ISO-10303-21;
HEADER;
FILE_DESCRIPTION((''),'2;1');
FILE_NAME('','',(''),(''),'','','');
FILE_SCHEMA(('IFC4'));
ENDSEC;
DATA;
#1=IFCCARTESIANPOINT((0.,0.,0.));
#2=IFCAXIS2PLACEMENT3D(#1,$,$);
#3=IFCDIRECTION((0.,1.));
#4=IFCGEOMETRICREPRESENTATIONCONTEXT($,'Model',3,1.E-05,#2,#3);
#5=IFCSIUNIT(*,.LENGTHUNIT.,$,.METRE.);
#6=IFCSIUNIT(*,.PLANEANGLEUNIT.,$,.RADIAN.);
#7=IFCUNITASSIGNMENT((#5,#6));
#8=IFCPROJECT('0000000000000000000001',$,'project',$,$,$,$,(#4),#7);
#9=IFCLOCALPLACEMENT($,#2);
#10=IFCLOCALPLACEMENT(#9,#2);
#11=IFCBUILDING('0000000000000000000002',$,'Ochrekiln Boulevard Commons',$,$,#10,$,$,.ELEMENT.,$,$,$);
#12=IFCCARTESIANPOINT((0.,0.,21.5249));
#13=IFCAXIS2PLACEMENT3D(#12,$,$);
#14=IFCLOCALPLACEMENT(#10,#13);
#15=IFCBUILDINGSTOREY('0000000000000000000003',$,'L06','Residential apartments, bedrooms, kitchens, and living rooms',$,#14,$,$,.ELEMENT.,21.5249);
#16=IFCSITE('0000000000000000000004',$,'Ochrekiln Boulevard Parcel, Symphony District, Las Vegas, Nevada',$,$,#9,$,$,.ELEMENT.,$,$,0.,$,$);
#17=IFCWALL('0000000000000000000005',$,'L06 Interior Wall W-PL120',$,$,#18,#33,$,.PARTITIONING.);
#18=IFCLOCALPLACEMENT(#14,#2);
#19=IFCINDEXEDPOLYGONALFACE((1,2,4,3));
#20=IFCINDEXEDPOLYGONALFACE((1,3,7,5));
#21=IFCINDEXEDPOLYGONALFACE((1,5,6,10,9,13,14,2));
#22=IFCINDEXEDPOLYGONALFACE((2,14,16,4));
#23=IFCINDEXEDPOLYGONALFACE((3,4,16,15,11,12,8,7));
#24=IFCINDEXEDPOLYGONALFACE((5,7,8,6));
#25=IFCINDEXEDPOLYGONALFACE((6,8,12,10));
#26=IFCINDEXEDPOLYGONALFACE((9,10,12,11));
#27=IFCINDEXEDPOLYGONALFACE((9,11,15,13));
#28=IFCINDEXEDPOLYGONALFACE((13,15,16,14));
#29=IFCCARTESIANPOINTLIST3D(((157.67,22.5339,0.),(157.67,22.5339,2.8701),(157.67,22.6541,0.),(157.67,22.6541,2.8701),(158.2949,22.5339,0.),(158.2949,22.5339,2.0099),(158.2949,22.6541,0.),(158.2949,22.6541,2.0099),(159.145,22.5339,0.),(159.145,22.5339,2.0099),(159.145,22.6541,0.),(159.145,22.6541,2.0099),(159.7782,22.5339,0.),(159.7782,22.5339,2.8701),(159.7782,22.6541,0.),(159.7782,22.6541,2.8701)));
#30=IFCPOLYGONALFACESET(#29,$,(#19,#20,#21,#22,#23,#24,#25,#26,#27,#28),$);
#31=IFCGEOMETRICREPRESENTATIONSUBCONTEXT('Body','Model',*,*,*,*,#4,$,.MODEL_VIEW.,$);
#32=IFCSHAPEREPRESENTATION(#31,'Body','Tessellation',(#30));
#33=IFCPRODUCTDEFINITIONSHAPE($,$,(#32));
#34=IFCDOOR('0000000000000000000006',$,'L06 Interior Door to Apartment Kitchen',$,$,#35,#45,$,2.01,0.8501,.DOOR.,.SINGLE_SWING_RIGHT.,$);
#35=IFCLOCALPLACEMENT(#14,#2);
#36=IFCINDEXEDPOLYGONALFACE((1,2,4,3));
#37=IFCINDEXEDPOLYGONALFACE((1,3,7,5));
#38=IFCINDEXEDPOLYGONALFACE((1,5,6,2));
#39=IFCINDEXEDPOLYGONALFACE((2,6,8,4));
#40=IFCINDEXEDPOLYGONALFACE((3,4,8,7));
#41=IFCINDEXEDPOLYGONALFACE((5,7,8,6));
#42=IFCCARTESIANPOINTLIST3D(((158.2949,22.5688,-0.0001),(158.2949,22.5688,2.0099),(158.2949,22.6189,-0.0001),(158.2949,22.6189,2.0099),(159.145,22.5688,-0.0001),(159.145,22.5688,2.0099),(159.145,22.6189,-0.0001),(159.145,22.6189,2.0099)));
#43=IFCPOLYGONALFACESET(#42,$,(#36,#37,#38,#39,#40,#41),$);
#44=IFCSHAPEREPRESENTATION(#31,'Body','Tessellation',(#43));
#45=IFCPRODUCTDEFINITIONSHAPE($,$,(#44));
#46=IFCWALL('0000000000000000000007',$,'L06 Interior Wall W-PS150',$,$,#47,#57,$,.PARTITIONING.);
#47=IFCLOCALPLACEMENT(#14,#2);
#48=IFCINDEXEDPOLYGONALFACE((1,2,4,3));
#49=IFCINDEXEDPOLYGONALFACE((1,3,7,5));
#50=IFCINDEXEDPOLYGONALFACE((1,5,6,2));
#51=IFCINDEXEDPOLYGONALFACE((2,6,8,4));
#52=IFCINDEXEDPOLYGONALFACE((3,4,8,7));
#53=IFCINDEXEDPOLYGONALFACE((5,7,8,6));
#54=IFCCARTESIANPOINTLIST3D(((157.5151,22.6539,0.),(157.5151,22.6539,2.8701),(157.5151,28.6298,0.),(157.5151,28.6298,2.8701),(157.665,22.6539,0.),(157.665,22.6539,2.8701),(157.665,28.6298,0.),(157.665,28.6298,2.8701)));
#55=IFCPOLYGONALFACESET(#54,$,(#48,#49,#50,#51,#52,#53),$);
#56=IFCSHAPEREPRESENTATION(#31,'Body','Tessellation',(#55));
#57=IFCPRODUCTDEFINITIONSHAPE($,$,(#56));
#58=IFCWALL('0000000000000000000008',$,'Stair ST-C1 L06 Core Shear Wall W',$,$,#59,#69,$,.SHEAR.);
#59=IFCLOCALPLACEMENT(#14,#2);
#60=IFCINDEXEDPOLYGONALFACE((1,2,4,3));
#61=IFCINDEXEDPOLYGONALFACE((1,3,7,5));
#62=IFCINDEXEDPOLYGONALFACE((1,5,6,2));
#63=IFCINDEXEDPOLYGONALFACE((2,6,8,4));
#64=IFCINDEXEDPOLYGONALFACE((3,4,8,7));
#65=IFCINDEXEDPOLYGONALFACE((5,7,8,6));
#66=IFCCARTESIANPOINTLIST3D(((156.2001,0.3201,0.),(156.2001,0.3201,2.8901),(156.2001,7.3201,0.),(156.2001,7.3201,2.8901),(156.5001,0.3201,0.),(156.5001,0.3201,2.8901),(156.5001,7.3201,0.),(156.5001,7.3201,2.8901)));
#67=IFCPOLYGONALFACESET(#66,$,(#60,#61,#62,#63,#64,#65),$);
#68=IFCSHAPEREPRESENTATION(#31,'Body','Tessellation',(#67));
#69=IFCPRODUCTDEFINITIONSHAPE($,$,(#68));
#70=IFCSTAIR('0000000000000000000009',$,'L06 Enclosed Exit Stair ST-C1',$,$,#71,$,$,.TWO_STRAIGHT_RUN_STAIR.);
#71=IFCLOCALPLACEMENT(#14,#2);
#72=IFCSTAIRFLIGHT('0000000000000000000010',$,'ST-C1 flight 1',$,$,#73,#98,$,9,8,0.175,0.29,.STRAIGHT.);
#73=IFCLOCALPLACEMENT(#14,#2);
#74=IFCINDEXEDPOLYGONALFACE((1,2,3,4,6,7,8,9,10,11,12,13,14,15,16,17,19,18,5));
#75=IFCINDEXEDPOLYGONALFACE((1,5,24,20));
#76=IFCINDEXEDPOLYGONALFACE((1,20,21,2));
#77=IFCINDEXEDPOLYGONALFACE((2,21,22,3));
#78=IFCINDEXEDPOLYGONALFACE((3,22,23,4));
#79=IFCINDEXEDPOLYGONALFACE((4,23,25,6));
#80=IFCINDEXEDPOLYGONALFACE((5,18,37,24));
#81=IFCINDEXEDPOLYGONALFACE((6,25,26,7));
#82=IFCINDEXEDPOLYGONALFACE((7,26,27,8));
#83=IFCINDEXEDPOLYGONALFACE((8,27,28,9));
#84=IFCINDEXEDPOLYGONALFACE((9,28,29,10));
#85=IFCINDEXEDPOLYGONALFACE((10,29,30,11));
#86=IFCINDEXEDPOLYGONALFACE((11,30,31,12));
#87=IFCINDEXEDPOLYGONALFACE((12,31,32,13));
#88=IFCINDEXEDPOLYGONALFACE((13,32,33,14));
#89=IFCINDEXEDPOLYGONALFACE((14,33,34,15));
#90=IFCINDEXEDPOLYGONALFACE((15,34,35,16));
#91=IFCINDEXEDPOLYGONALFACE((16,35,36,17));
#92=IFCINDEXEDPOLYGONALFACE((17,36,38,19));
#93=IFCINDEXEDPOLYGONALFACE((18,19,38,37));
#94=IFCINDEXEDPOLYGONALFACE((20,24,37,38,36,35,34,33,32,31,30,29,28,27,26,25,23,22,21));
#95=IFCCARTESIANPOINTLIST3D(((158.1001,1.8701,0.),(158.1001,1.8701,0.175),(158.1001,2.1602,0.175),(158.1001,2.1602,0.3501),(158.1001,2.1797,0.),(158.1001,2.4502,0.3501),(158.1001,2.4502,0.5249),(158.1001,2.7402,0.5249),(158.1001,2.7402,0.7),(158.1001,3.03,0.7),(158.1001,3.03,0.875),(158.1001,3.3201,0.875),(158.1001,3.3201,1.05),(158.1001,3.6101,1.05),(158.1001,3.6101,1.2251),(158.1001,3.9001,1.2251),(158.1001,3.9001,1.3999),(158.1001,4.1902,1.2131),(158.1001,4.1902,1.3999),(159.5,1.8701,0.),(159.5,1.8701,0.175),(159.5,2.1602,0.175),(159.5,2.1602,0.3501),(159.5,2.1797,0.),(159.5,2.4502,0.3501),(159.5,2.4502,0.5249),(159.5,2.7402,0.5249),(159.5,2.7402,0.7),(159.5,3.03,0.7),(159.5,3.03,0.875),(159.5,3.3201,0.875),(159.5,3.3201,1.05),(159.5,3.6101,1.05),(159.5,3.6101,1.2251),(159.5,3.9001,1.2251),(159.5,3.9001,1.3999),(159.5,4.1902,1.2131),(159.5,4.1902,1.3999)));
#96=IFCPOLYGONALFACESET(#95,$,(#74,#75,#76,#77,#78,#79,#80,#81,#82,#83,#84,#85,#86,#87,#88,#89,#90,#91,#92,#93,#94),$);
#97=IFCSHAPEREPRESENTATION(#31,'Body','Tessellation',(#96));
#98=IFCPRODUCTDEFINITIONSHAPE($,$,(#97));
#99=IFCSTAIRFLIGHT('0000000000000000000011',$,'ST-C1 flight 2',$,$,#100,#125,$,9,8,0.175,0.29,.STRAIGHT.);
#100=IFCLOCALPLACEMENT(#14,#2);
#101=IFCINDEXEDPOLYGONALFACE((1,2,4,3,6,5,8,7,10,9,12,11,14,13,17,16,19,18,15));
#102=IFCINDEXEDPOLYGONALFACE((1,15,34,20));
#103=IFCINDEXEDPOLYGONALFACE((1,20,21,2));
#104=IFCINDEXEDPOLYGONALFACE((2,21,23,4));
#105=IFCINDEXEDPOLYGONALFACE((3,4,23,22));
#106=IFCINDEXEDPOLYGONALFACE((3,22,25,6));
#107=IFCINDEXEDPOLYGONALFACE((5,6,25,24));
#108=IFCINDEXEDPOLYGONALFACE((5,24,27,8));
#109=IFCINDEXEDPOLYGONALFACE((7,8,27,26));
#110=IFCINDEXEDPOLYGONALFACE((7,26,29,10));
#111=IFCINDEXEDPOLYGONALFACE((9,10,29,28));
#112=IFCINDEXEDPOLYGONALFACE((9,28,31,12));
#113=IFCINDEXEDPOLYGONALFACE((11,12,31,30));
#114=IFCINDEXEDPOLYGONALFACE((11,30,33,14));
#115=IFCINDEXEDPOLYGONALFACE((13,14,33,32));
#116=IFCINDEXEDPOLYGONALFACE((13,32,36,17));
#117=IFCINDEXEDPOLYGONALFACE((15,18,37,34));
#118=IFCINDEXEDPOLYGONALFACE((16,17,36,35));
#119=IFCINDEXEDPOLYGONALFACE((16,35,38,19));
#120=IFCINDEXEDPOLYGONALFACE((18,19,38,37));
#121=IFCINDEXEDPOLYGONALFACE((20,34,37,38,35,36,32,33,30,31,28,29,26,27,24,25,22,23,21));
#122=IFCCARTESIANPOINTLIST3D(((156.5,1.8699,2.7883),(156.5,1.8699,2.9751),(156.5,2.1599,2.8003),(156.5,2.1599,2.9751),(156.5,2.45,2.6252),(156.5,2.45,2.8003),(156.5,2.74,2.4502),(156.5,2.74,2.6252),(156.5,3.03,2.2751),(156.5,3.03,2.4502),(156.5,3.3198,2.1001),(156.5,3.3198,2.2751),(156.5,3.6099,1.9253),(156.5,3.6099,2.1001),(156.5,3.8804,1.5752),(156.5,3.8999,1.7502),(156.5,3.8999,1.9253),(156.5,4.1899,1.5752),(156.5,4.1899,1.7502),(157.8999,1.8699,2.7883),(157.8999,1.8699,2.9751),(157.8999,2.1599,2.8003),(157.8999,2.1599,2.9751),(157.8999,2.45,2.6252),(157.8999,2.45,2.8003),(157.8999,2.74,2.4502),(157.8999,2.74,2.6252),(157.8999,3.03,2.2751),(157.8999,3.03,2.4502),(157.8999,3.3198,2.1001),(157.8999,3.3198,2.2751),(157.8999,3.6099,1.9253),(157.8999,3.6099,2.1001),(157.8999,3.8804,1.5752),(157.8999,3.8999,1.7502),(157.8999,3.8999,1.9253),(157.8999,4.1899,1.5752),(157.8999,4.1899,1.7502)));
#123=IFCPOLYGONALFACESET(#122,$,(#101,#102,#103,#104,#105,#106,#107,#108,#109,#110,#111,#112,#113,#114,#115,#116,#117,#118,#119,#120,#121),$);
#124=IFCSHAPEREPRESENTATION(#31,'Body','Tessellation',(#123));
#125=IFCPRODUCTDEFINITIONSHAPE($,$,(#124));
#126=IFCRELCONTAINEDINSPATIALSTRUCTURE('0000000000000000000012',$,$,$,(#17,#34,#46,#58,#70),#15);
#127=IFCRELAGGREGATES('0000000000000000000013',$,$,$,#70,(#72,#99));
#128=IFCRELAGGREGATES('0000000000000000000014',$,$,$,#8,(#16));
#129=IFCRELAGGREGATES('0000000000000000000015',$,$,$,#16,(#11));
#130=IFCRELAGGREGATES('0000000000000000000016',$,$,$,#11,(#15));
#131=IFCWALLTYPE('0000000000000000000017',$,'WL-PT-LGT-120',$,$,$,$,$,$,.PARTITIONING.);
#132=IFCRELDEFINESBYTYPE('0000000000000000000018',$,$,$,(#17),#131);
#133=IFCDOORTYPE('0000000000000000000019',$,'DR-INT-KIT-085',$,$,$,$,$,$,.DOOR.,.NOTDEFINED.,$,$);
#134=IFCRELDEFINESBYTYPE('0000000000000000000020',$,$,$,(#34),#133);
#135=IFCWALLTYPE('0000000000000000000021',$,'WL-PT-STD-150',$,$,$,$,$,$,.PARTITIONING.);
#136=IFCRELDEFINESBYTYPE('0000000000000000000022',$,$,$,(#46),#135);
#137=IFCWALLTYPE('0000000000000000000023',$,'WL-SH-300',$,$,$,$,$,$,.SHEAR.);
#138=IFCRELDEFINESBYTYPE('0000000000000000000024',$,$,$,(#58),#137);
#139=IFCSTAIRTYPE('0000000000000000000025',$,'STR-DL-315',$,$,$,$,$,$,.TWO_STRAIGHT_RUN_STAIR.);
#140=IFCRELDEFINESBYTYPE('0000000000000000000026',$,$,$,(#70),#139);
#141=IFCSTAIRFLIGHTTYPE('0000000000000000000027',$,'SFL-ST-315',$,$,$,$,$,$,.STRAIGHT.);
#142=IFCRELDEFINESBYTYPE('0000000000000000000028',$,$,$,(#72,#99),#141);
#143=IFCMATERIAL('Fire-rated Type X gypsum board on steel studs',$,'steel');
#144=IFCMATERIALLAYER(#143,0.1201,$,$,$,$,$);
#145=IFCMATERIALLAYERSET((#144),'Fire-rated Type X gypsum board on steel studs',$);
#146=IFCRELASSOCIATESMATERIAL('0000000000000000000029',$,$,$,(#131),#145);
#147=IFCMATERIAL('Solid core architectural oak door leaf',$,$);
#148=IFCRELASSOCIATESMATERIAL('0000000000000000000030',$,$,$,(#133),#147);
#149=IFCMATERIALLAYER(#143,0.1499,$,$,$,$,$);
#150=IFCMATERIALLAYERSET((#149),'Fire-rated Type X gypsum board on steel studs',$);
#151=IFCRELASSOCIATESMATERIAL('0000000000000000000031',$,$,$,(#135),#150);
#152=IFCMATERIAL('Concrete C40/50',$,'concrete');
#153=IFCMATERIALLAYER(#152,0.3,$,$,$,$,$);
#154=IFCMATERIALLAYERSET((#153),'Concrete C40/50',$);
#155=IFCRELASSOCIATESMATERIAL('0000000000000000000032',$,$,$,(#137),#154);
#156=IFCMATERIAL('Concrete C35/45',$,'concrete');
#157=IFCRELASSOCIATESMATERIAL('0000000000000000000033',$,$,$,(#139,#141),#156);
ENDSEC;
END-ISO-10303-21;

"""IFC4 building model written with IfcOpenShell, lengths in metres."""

from ifc_helpers import new_model, si_unit, direction, frame, frame_2d, origin, place, context, subcontext, project, spatial, polyline, rectangle, outline, extrude, material, layer, layer_set, type_object, element, fill, aggregate, save


model = new_model("IFC4")

# Units and contexts
model_context = context("Model", 3, precision=1e-05, world=origin(), true_north=direction((0.0, 1.0)))
body_context = subcontext(model_context, "Body", "Model", "MODEL_VIEW")
ifc_project = project(units=[si_unit("LENGTHUNIT", "METRE"), si_unit("PLANEANGLEUNIT", "RADIAN")], contexts=[model_context])

# Site, building, storey
site_placement = place(None, origin())
site = spatial("IfcSite", under=ifc_project, at=site_placement, Name="Ochrekiln Boulevard Parcel, Symphony District, Las Vegas, Nevada", CompositionType="ELEMENT", RefElevation=0.0)
building_placement = place(site_placement, origin())
building = spatial("IfcBuilding", under=site, at=building_placement, Name="Ochrekiln Boulevard Commons", CompositionType="ELEMENT")
storey_placement = place(building_placement, frame((0.0, 0.0, 21.5249)))
storey = spatial("IfcBuildingStorey", under=building, at=storey_placement, Name="L06", Description="Residential apartments, bedrooms, kitchens, and living rooms", CompositionType="ELEMENT", Elevation=21.5249)

# Shared definitions
ifc_material_1 = material(Name="Concrete C40/50", Category="concrete")

# Shared definitions
ifc_material_2 = material(Name="Solid core architectural oak door leaf")

# Wall, opening, door
ifc_material_3 = material(Name="Fire-rated Type X gypsum board on steel studs", Category="steel")
ifc_layer_1 = layer(ifc_material_3, 0.1201)
ifc_layer_set_1 = layer_set([ifc_layer_1], Name="Fire-rated Type X gypsum board on steel studs")
wall_type_1 = type_object("IfcWallType", Name="WL-PT-LGT-120", PredefinedType="PARTITIONING", material=ifc_layer_set_1)
wall_1_placement = place(storey_placement, frame((157.6699, 22.594, 0.0), z_axis=(0.0, 0.0, 1.0), x_axis=(1.0, 0.0, 0.0)))
wall_1 = element("IfcWall", 1, at=wall_1_placement, inside=storey, type_object=wall_type_1, Name="L06 Interior Wall W-PL120", PredefinedType="PARTITIONING", context=body_context, shape_type="SweptSolid", body=[
    extrude(rectangle(XDim=2.1082, YDim=0.1201, at=frame_2d((1.0542, 0.0))), origin(), (0.0, 0.0, 1.0), 2.8701),
])
opening_1_placement = place(wall_1_placement, frame((0.625, 0.0, 0.0)))
opening_1 = element("IfcOpeningElement", 2, at=opening_1_placement, cuts=wall_1, PredefinedType="OPENING", context=body_context, shape_type="SweptSolid", body=[
    extrude(rectangle(XDim=0.8501, YDim=2.01, at=frame_2d((0.425, 1.0049))), frame((0.0, 0.0701, 0.0), z_axis=(0.0, -1.0, 0.0), x_axis=(1.0, 0.0, 0.0)), (0.0, 0.0, 1.0), 0.1401),
])
door_type_1 = type_object("IfcDoorType", Name="DR-INT-KIT-085", OperationType="NOTDEFINED", PredefinedType="DOOR", material=ifc_material_2)
door_1_placement = place(opening_1_placement, origin())
door_1 = element("IfcDoor", 3, at=door_1_placement, inside=storey, type_object=door_type_1, Name="L06 Interior Door to Apartment Kitchen", OperationType="SINGLE_SWING_RIGHT", OverallHeight=2.01, OverallWidth=0.8501, PredefinedType="DOOR", context=body_context, shape_type="SweptSolid", body=[
    extrude(rectangle(XDim=0.8501, YDim=2.01, at=frame_2d((0.425, 1.0049))), frame((0.0, 0.0249, 0.0), z_axis=(0.0, -1.0, 0.0), x_axis=(1.0, 0.0, 0.0)), (0.0, 0.0, 1.0), 0.05),
])
fill(opening_1, door_1)

# Walls
ifc_layer_2 = layer(ifc_material_3, 0.1499)
ifc_layer_set_2 = layer_set([ifc_layer_2], Name="Fire-rated Type X gypsum board on steel studs")
wall_type_2 = type_object("IfcWallType", Name="WL-PT-STD-150", PredefinedType="PARTITIONING", material=ifc_layer_set_2)
wall_2_placement = place(storey_placement, frame((157.5901, 22.6541, 0.0), z_axis=(0.0, 0.0, 1.0), x_axis=(0.0, 1.0, 0.0)))
element("IfcWall", 4, at=wall_2_placement, inside=storey, type_object=wall_type_2, Name="L06 Interior Wall W-PS150", PredefinedType="PARTITIONING", context=body_context, shape_type="SweptSolid", body=[
    extrude(rectangle(XDim=5.9758, YDim=0.1499, at=frame_2d((2.9878, 0.0))), origin(), (0.0, 0.0, 1.0), 2.8701),
])
ifc_layer_3 = layer(ifc_material_1, 0.3)
ifc_layer_set_3 = layer_set([ifc_layer_3], Name="Concrete C40/50")
wall_type_3 = type_object("IfcWallType", Name="WL-SH-300", PredefinedType="SHEAR", material=ifc_layer_set_3)
wall_3_placement = place(storey_placement, frame((156.3501, 0.3201, 0.0), z_axis=(0.0, 0.0, 1.0), x_axis=(0.0, 1.0, 0.0)))
element("IfcWall", 5, at=wall_3_placement, inside=storey, type_object=wall_type_3, Name="Stair ST-C1 L06 Core Shear Wall W", PredefinedType="SHEAR", context=body_context, shape_type="SweptSolid", body=[
    extrude(rectangle(XDim=7.0, YDim=0.3, at=frame_2d((3.5, 0.0))), origin(), (0.0, 0.0, 1.0), 2.8901),
])

# Stair, stair flights
ifc_material_4 = material(Name="Concrete C35/45", Category="concrete")
stair_type = type_object("IfcStairType", Name="STR-DL-315", PredefinedType="TWO_STRAIGHT_RUN_STAIR", material=ifc_material_4)
stair_placement = place(storey_placement, origin())
stair = element("IfcStair", 6, at=stair_placement, inside=storey, type_object=stair_type, Name="L06 Enclosed Exit Stair ST-C1", PredefinedType="TWO_STRAIGHT_RUN_STAIR")
stair_flight_type = type_object("IfcStairFlightType", Name="SFL-ST-315", PredefinedType="STRAIGHT", material=ifc_material_4)
stair_flight_1_placement = place(storey_placement, frame((158.8, 1.8701, 0.0), z_axis=(0.0, 0.0, 1.0), x_axis=(0.0, 1.0, 0.0)))
stair_flight_1 = element("IfcStairFlight", 7, at=stair_flight_1_placement, type_object=stair_flight_type, Name="ST-C1 flight 1", NumberOfRisers=9, NumberOfTreads=8, PredefinedType="STRAIGHT", RiserHeight=0.175, TreadLength=0.29, context=body_context, shape_type="SweptSolid", body=[
    extrude(outline(polyline([(0.0, 0.0), (0.0, 0.175), (0.29, 0.175), (0.29, 0.3501), (0.5801, 0.3501), (0.5801, 0.5249), (0.8701, 0.5249), (0.8701, 0.7), (1.1599, 0.7), (1.1599, 0.875), (1.45, 0.875), (1.45, 1.05), (1.74, 1.05), (1.74, 1.2251), (2.03, 1.2251), (2.03, 1.3999), (2.3201, 1.3999), (2.3201, 1.575), (2.3201, 1.2131), (0.3096, 0.0), (0.0, 0.0)])), frame((0.0, 0.7, 0.0), z_axis=(0.0, -1.0, 0.0), x_axis=(1.0, 0.0, 0.0)), (0.0, 0.0, 1.0), 1.3999),
])
stair_flight_2_placement = place(storey_placement, frame((157.2, 4.1899, 1.5752), z_axis=(0.0, 0.0, 1.0), x_axis=(0.0, -1.0, 0.0)))
stair_flight_2 = element("IfcStairFlight", 8, at=stair_flight_2_placement, type_object=stair_flight_type, Name="ST-C1 flight 2", NumberOfRisers=9, NumberOfTreads=8, PredefinedType="STRAIGHT", RiserHeight=0.175, TreadLength=0.29, context=body_context, shape_type="SweptSolid", body=[
    extrude(outline(polyline([(0.0, 0.0), (0.0, 0.175), (0.29, 0.175), (0.29, 0.3501), (0.5801, 0.3501), (0.5801, 0.5249), (0.8701, 0.5249), (0.8701, 0.7), (1.1599, 0.7), (1.1599, 0.875), (1.45, 0.875), (1.45, 1.05), (1.74, 1.05), (1.74, 1.2251), (2.03, 1.2251), (2.03, 1.3999), (2.3201, 1.3999), (2.3201, 1.575), (2.3201, 1.2131), (0.3096, 0.0), (0.0, 0.0)])), frame((0.0, 0.7, 0.0), z_axis=(0.0, -1.0, 0.0), x_axis=(1.0, 0.0, 0.0)), (0.0, 0.0, 1.0), 1.3999),
])
aggregate(stair, [stair_flight_1, stair_flight_2])

save(model, "model.ifc")
